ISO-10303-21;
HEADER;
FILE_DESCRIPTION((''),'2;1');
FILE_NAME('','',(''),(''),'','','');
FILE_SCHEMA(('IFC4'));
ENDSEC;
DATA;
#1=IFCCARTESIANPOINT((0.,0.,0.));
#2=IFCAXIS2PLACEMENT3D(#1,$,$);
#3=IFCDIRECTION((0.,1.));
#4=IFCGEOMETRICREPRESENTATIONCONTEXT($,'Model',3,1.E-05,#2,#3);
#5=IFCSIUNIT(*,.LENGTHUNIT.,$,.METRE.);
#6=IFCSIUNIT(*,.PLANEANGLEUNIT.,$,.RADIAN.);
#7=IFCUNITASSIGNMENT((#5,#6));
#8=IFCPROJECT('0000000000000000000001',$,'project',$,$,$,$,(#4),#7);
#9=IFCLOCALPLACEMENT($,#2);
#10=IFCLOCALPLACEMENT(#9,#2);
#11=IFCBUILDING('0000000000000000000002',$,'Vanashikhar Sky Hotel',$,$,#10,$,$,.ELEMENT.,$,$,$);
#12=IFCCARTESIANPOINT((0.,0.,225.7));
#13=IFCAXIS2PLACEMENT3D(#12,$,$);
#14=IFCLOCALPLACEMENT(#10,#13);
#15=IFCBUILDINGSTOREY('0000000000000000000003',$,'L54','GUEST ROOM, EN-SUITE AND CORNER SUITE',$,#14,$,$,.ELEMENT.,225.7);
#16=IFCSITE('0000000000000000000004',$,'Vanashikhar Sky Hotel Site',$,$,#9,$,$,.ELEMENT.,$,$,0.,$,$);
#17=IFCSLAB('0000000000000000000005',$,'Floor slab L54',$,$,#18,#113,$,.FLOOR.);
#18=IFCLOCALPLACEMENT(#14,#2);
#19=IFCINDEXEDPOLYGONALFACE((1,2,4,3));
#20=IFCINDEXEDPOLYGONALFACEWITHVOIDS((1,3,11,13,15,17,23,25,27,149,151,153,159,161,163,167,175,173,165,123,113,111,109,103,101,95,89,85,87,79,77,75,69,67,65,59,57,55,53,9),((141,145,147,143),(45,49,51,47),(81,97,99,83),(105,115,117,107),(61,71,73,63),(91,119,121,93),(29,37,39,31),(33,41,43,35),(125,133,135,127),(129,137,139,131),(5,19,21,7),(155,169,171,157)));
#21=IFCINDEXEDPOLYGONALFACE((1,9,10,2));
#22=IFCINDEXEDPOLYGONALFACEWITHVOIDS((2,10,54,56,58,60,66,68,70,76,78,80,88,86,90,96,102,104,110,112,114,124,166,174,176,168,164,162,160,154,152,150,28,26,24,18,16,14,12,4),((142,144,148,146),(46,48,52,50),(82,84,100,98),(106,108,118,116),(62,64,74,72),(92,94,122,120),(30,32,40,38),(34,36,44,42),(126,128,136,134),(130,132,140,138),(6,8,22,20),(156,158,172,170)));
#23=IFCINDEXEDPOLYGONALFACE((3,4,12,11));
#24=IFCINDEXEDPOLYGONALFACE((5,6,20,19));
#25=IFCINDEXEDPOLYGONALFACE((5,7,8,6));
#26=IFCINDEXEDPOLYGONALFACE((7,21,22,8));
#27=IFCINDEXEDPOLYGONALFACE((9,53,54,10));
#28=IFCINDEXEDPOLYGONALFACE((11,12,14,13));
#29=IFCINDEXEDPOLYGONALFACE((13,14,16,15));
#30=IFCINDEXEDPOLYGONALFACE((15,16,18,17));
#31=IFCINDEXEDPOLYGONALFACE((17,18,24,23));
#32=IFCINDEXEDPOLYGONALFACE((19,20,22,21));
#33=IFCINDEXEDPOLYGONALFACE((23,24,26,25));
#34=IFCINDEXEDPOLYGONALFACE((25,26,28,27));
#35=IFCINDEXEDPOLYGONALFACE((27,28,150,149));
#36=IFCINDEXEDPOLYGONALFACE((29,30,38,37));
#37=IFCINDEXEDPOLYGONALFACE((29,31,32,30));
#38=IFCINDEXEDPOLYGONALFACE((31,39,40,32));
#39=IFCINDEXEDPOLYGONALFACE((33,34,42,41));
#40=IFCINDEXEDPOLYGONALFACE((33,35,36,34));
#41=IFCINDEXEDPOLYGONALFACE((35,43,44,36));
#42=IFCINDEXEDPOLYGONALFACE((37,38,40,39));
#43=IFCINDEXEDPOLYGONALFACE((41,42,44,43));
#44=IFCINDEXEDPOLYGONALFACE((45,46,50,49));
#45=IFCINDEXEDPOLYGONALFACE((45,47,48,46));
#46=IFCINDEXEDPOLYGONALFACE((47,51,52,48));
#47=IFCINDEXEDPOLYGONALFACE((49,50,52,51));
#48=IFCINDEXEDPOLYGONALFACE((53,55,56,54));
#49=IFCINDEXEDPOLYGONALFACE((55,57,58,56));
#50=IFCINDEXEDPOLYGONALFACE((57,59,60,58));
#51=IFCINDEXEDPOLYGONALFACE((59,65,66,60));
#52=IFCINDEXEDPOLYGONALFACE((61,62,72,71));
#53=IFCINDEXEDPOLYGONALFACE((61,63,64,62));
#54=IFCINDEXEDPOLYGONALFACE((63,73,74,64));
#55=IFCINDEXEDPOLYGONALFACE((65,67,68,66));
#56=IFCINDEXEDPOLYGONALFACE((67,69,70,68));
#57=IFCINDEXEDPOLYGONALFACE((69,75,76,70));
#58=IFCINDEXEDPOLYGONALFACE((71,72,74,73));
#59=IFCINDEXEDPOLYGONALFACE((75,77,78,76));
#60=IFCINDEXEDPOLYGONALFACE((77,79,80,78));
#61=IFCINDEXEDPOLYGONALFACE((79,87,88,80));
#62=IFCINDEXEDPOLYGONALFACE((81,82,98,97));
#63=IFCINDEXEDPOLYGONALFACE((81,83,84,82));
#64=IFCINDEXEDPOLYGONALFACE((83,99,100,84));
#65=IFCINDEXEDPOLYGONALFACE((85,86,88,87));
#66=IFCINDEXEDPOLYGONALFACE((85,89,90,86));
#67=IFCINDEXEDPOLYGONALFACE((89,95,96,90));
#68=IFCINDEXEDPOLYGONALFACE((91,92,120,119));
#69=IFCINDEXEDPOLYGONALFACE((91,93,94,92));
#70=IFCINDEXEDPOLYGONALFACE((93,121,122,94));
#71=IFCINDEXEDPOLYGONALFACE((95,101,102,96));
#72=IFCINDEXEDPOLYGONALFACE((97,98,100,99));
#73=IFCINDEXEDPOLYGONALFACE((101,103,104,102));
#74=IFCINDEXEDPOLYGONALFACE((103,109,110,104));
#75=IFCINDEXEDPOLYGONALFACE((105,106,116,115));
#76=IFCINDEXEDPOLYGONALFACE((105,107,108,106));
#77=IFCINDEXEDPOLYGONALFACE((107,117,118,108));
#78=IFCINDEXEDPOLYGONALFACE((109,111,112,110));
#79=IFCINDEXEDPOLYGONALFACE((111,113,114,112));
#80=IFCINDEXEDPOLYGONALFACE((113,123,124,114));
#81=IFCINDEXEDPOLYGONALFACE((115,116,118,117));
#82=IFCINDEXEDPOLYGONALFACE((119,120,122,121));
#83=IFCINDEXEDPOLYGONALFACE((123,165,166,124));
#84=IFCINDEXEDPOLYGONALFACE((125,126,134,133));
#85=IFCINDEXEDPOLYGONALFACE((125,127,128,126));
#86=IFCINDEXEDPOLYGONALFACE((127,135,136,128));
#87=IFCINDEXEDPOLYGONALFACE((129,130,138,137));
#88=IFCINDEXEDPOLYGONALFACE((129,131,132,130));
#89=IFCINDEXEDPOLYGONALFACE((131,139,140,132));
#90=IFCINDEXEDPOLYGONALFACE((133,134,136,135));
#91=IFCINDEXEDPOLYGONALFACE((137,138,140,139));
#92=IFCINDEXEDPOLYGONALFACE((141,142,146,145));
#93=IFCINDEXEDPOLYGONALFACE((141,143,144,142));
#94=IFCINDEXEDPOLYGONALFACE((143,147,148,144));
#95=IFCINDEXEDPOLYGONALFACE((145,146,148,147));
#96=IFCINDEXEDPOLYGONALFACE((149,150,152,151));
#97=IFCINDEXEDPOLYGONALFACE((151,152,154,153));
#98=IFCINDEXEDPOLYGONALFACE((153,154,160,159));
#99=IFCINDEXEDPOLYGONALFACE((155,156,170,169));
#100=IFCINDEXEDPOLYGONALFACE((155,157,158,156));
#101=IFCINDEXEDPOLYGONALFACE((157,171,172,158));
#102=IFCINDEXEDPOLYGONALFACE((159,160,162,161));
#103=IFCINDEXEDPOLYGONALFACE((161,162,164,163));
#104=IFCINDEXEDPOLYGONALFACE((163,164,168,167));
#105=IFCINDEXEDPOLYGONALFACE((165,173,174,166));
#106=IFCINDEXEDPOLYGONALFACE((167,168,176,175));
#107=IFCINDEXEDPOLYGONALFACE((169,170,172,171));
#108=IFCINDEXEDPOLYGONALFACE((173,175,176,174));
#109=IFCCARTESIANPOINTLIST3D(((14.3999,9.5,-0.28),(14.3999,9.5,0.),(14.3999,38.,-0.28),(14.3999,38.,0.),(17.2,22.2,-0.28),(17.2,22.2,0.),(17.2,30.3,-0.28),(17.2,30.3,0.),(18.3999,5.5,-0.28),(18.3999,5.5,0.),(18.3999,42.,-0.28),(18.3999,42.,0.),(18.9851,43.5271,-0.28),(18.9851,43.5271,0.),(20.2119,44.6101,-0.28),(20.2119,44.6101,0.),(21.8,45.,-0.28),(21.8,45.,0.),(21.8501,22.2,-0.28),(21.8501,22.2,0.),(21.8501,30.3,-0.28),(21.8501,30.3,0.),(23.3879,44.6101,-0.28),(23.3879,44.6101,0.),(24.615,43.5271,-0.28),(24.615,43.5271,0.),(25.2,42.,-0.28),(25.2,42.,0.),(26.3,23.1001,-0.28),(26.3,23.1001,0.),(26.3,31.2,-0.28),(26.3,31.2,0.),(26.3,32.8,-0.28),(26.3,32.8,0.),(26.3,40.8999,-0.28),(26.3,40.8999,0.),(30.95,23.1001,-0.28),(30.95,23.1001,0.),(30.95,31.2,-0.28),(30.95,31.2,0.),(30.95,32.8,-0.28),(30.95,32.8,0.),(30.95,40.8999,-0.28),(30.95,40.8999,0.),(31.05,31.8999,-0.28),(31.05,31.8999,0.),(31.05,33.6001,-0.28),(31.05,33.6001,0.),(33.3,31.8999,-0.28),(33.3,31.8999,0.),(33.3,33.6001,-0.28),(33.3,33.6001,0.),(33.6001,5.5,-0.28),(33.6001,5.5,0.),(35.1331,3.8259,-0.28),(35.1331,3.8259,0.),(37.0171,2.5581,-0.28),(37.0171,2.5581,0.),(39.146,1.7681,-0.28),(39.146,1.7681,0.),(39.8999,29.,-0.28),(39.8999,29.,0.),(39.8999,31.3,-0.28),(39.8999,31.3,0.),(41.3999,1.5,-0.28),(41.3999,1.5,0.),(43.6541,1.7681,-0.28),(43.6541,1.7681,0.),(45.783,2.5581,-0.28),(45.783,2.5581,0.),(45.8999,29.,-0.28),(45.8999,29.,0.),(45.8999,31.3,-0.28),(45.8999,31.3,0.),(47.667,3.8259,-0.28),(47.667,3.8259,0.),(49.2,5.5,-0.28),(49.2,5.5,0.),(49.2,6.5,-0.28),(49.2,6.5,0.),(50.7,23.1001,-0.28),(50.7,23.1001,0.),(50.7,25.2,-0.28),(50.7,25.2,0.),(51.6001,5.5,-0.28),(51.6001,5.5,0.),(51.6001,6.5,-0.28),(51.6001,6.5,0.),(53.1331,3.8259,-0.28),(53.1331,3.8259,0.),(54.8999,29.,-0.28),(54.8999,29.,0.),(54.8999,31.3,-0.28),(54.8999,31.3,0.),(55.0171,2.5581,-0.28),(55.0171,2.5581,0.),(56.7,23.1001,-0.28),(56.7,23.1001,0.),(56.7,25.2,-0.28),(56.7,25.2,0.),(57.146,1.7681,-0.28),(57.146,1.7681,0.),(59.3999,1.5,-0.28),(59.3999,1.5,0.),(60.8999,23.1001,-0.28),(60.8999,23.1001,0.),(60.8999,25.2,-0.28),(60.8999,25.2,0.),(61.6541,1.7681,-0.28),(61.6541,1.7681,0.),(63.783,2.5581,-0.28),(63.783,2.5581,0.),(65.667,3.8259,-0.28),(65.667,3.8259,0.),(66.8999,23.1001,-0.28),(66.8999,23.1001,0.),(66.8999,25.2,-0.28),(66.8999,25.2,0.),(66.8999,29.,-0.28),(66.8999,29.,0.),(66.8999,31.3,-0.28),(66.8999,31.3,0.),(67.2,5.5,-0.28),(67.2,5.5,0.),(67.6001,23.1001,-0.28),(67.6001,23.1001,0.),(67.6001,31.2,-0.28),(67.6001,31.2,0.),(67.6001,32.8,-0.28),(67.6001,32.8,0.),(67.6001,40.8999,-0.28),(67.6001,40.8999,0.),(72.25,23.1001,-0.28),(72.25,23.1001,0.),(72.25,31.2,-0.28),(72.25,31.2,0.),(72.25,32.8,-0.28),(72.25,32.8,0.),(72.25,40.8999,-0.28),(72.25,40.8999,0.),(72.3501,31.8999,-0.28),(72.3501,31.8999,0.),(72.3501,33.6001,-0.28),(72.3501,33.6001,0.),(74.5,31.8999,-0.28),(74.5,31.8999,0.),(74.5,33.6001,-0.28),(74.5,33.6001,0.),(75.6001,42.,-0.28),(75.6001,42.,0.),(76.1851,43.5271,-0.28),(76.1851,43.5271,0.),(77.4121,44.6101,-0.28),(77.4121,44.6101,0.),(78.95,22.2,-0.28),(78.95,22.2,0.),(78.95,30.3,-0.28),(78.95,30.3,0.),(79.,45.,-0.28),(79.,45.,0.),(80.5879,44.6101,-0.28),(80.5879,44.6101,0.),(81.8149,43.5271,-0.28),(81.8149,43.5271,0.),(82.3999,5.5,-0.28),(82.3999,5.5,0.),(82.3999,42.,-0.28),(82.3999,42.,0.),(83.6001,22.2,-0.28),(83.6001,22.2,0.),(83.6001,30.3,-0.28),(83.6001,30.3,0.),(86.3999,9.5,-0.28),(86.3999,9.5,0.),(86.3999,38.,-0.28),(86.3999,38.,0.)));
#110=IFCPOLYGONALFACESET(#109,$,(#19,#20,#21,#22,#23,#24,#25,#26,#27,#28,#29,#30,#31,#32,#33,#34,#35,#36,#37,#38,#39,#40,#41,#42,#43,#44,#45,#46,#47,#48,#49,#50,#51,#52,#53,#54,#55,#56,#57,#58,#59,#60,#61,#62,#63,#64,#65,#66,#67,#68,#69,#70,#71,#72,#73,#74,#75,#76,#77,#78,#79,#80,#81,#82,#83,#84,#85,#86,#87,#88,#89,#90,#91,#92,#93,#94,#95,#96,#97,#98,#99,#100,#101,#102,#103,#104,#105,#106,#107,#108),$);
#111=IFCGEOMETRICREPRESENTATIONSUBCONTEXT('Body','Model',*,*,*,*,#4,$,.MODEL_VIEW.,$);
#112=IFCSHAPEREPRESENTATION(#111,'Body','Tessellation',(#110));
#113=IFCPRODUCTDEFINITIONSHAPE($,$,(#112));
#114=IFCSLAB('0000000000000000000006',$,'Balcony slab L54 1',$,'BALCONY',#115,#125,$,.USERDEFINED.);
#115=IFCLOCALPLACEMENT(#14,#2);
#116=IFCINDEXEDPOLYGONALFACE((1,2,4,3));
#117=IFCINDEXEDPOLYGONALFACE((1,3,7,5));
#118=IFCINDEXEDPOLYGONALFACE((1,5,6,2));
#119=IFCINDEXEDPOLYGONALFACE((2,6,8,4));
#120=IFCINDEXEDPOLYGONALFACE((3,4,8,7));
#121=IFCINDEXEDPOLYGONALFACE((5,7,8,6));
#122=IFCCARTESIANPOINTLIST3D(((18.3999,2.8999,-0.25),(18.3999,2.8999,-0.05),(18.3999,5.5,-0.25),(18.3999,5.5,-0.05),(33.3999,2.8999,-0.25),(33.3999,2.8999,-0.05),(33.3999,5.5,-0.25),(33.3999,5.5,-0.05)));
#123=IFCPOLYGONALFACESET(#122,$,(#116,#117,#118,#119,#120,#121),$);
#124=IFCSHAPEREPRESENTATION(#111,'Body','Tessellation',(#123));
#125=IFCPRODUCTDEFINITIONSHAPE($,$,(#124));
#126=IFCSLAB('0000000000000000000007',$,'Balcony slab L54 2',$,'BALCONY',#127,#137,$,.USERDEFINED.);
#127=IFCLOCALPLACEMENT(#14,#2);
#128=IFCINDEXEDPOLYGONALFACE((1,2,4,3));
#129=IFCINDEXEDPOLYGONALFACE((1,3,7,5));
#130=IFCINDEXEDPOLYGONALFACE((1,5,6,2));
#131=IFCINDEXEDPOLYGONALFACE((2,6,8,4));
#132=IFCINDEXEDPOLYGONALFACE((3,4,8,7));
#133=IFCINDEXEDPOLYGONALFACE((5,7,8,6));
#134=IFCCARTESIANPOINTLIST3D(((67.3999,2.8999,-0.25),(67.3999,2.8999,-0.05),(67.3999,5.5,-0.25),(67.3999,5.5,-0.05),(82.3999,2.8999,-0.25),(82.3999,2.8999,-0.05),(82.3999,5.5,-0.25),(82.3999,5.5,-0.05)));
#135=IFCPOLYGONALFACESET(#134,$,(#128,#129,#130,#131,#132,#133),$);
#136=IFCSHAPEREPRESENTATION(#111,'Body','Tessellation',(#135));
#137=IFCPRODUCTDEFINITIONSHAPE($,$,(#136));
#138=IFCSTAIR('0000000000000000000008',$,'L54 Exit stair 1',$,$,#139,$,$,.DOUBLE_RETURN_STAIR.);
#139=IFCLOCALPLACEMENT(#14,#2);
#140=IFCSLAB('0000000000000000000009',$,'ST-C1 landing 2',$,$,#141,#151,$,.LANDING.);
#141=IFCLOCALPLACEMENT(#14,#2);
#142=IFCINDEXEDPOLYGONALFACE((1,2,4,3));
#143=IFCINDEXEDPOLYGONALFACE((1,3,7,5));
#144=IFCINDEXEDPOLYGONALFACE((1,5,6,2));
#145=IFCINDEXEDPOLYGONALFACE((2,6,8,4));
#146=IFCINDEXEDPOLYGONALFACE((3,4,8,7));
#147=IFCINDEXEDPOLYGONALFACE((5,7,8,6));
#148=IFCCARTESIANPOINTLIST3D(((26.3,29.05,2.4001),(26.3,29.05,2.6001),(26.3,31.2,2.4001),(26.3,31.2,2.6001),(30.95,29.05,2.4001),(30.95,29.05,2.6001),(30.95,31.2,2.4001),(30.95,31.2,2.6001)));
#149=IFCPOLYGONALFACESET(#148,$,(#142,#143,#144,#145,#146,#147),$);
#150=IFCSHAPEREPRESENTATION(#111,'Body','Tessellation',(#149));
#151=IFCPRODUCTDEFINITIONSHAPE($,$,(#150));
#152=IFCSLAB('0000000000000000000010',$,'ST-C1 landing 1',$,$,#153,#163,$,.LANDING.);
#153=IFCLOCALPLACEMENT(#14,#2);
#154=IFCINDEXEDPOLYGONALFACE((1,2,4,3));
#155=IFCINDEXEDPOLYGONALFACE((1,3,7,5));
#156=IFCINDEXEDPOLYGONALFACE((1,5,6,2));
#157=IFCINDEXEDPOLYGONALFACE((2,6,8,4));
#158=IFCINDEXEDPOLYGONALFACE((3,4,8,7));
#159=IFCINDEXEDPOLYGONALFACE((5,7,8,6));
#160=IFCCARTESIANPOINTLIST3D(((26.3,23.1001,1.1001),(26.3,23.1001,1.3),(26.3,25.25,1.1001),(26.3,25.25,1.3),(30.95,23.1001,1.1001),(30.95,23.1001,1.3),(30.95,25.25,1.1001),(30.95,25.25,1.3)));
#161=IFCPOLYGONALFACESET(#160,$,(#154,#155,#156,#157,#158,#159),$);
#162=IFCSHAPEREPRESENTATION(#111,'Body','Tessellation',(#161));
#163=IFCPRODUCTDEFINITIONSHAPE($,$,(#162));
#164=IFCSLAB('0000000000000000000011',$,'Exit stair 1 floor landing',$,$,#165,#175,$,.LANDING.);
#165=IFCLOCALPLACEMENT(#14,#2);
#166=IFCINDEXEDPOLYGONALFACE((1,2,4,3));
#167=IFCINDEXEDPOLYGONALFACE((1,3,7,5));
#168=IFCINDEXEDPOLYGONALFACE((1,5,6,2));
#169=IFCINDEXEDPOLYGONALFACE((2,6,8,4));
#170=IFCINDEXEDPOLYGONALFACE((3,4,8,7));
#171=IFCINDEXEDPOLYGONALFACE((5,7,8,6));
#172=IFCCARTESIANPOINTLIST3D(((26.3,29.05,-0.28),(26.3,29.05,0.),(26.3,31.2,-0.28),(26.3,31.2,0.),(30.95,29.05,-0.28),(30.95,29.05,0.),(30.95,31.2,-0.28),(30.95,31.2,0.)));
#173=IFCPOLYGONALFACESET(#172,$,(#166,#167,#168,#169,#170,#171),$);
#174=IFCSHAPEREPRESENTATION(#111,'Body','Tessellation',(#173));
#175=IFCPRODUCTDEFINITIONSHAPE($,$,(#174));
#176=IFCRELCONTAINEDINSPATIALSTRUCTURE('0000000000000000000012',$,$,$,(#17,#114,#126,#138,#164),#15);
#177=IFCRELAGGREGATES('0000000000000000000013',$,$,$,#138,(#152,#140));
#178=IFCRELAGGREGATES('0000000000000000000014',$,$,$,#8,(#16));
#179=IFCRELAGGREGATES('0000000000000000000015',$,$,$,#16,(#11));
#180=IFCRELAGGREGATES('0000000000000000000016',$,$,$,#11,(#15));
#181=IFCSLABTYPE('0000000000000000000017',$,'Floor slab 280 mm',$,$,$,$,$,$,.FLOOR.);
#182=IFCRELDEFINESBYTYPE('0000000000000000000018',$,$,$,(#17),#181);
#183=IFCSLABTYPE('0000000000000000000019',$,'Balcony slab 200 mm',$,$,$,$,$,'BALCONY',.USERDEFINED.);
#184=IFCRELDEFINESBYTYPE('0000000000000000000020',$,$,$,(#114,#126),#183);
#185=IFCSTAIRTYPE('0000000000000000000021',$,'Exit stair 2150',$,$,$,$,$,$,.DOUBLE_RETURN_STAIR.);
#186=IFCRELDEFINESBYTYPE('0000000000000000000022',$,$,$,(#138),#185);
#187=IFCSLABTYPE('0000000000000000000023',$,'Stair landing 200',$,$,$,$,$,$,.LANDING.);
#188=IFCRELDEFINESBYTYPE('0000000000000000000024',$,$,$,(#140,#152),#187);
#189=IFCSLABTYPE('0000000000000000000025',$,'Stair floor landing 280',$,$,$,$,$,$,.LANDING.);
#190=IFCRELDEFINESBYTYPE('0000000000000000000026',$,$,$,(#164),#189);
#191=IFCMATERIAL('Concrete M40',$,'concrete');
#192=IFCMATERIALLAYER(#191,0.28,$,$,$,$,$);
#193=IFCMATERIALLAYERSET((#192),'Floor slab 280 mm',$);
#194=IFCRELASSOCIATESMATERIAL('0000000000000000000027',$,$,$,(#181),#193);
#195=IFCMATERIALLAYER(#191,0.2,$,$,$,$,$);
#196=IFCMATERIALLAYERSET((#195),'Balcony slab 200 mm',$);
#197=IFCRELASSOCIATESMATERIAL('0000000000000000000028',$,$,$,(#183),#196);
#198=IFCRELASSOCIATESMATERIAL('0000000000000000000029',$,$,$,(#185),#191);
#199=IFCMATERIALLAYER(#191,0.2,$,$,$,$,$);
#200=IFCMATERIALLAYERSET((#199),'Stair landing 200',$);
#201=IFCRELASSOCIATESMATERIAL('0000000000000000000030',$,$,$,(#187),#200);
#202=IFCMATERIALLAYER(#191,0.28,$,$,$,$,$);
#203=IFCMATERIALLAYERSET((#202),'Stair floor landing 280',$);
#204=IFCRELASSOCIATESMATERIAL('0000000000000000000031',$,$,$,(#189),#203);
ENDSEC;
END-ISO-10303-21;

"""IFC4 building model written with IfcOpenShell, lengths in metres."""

from ifc_helpers import new_model, si_unit, direction, frame, origin, place, context, subcontext, project, spatial, polyline, outline, extrude, source, transform, mapped, material, layer, layer_set, type_object, element, aggregate, save


model = new_model("IFC4")

# Units and contexts
model_context = context("Model", 3, precision=1e-05, world=origin(), true_north=direction((0.0, 1.0)))
body_context = subcontext(model_context, "Body", "Model", "MODEL_VIEW")
ifc_project = project(units=[si_unit("LENGTHUNIT", "METRE"), si_unit("PLANEANGLEUNIT", "RADIAN")], contexts=[model_context])

# Site, building, storey
site_placement = place(None, origin())
site = spatial("IfcSite", under=ifc_project, at=site_placement, Name="Vanashikhar Sky Hotel Site", CompositionType="ELEMENT", RefElevation=0.0)
building_placement = place(site_placement, origin())
building = spatial("IfcBuilding", under=site, at=building_placement, Name="Vanashikhar Sky Hotel", CompositionType="ELEMENT")
storey_placement = place(building_placement, frame((0.0, 0.0, 225.7)))
storey = spatial("IfcBuildingStorey", under=building, at=storey_placement, Name="L54", Description="GUEST ROOM, EN-SUITE AND CORNER SUITE", CompositionType="ELEMENT", Elevation=225.7)

# Slabs
ifc_material = material(Name="Concrete M40", Category="concrete")
ifc_layer_1 = layer(ifc_material, 0.28)
ifc_layer_set_1 = layer_set([ifc_layer_1], Name="Floor slab 280 mm")
slab_type_1 = type_object("IfcSlabType", Name="Floor slab 280 mm", PredefinedType="FLOOR", material=ifc_layer_set_1)
shared_shape_1 = source(origin(), body_context, "Body", "SweptSolid", [
    extrude(outline(polyline([(49.2, 5.5), (49.2, 6.5), (51.6001, 6.5), (51.6001, 5.5), (53.1331, 3.8259), (55.0171, 2.5581), (57.146, 1.7681), (59.3999, 1.5), (61.6541, 1.7681), (63.783, 2.5581), (65.667, 3.8259), (67.2, 5.5), (82.3999, 5.5), (86.3999, 9.5), (86.3999, 38.0), (82.3999, 42.0), (81.8149, 43.5271), (80.5879, 44.6101), (79.0, 45.0), (77.4121, 44.6101), (76.1851, 43.5271), (75.6001, 42.0), (25.2, 42.0), (24.615, 43.5271), (23.3879, 44.6101), (21.8, 45.0), (20.2119, 44.6101), (18.9851, 43.5271), (18.3999, 42.0), (14.3999, 38.0), (14.3999, 9.5), (18.3999, 5.5), (33.6001, 5.5), (35.1331, 3.8259), (37.0171, 2.5581), (39.146, 1.7681), (41.3999, 1.5), (43.6541, 1.7681), (45.783, 2.5581), (47.667, 3.8259), (49.2, 5.5)]), holes=[polyline([(33.3, 33.6001), (31.05, 33.6001), (31.05, 31.8999), (33.3, 31.8999), (33.3, 33.6001)]), polyline([(39.8999, 31.3), (39.8999, 29.0), (45.8999, 29.0), (45.8999, 31.3), (39.8999, 31.3)]), polyline([(50.7, 25.2), (50.7, 23.1001), (56.7, 23.1001), (56.7, 25.2), (50.7, 25.2)]), polyline([(66.8999, 29.0), (66.8999, 31.3), (54.8999, 31.3), (54.8999, 29.0), (66.8999, 29.0)]), polyline([(60.8999, 25.2), (60.8999, 23.1001), (66.8999, 23.1001), (66.8999, 25.2), (60.8999, 25.2)]), polyline([(74.5, 33.6001), (72.3501, 33.6001), (72.3501, 31.8999), (74.5, 31.8999), (74.5, 33.6001)]), polyline([(30.95, 23.1001), (30.95, 31.2), (26.3, 31.2), (26.3, 23.1001), (30.95, 23.1001)]), polyline([(72.25, 23.1001), (72.25, 31.2), (67.6001, 31.2), (67.6001, 23.1001), (72.25, 23.1001)]), polyline([(30.95, 32.8), (30.95, 40.8999), (26.3, 40.8999), (26.3, 32.8), (30.95, 32.8)]), polyline([(72.25, 32.8), (72.25, 40.8999), (67.6001, 40.8999), (67.6001, 32.8), (72.25, 32.8)]), polyline([(83.6001, 22.2), (83.6001, 30.3), (78.95, 30.3), (78.95, 22.2), (83.6001, 22.2)]), polyline([(21.8501, 22.2), (21.8501, 30.3), (17.2, 30.3), (17.2, 22.2), (21.8501, 22.2)])]), origin(), (0.0, 0.0, 1.0), 0.28),
])
slab_1_placement = place(storey_placement, frame((0.0, 0.0, -0.28)))
element("IfcSlab", 1, at=slab_1_placement, inside=storey, type_object=slab_type_1, Name="Floor slab L54", PredefinedType="FLOOR", context=body_context, shape_type="MappedRepresentation", body=[
    mapped(shared_shape_1, transform((0.0, 0.0, 0.0), scale=1.0)),
])
ifc_layer_2 = layer(ifc_material, 0.2)
ifc_layer_set_2 = layer_set([ifc_layer_2], Name="Balcony slab 200 mm")
slab_type_2 = type_object("IfcSlabType", Name="Balcony slab 200 mm", ElementType="BALCONY", PredefinedType="USERDEFINED", material=ifc_layer_set_2)
shared_shape_2 = source(origin(), body_context, "Body", "SweptSolid", [
    extrude(outline(polyline([(18.3999, 2.8999), (33.3999, 2.8999), (33.3999, 5.5), (18.3999, 5.5), (18.3999, 2.8999)])), origin(), (0.0, 0.0, 1.0), 0.2),
])
slab_2_placement = place(storey_placement, frame((0.0, 0.0, -0.25)))
element("IfcSlab", 2, at=slab_2_placement, inside=storey, type_object=slab_type_2, Name="Balcony slab L54 1", ObjectType="BALCONY", PredefinedType="USERDEFINED", context=body_context, shape_type="MappedRepresentation", body=[
    mapped(shared_shape_2, transform((0.0, 0.0, 0.0), scale=1.0)),
])
shared_shape_3 = source(origin(), body_context, "Body", "SweptSolid", [
    extrude(outline(polyline([(67.3999, 2.8999), (82.3999, 2.8999), (82.3999, 5.5), (67.3999, 5.5), (67.3999, 2.8999)])), origin(), (0.0, 0.0, 1.0), 0.2),
])
slab_3_placement = place(storey_placement, frame((0.0, 0.0, -0.25)))
element("IfcSlab", 3, at=slab_3_placement, inside=storey, type_object=slab_type_2, Name="Balcony slab L54 2", ObjectType="BALCONY", PredefinedType="USERDEFINED", context=body_context, shape_type="MappedRepresentation", body=[
    mapped(shared_shape_3, transform((0.0, 0.0, 0.0), scale=1.0)),
])

# Stair, slabs
stair_type = type_object("IfcStairType", Name="Exit stair 2150", PredefinedType="DOUBLE_RETURN_STAIR", material=ifc_material)
stair_1_placement = place(storey_placement, origin())
stair_1 = element("IfcStair", 4, at=stair_1_placement, inside=storey, type_object=stair_type, Name="L54 Exit stair 1", PredefinedType="DOUBLE_RETURN_STAIR")
ifc_layer_3 = layer(ifc_material, 0.2)
ifc_layer_set_3 = layer_set([ifc_layer_3], Name="Stair landing 200")
slab_type_3 = type_object("IfcSlabType", Name="Stair landing 200", PredefinedType="LANDING", material=ifc_layer_set_3)
shared_shape_4 = source(origin(), body_context, "Body", "SweptSolid", [
    extrude(outline(polyline([(30.95, 29.05), (30.95, 31.2), (26.3, 31.2), (26.3, 29.05), (30.95, 29.05)])), origin(), (0.0, 0.0, 1.0), 0.2),
])
slab_4_placement = place(storey_placement, frame((0.0, 0.0, 2.4001)))
slab_4 = element("IfcSlab", 5, at=slab_4_placement, type_object=slab_type_3, Name="ST-C1 landing 2", PredefinedType="LANDING", context=body_context, shape_type="MappedRepresentation", body=[
    mapped(shared_shape_4, transform((0.0, 0.0, 0.0), scale=1.0)),
])
shared_shape_5 = source(origin(), body_context, "Body", "SweptSolid", [
    extrude(outline(polyline([(30.95, 23.1001), (30.95, 25.25), (26.3, 25.25), (26.3, 23.1001), (30.95, 23.1001)])), origin(), (0.0, 0.0, 1.0), 0.2),
])
slab_5_placement = place(storey_placement, frame((0.0, 0.0, 1.1001)))
slab_5 = element("IfcSlab", 6, at=slab_5_placement, type_object=slab_type_3, Name="ST-C1 landing 1", PredefinedType="LANDING", context=body_context, shape_type="MappedRepresentation", body=[
    mapped(shared_shape_5, transform((0.0, 0.0, 0.0), scale=1.0)),
])
aggregate(stair_1, [slab_5, slab_4])

# Slab
ifc_layer_4 = layer(ifc_material, 0.28)
ifc_layer_set_4 = layer_set([ifc_layer_4], Name="Stair floor landing 280")
slab_type_4 = type_object("IfcSlabType", Name="Stair floor landing 280", PredefinedType="LANDING", material=ifc_layer_set_4)
shared_shape_6 = source(origin(), body_context, "Body", "SweptSolid", [
    extrude(outline(polyline([(30.95, 29.05), (30.95, 31.2), (26.3, 31.2), (26.3, 29.05), (30.95, 29.05)])), origin(), (0.0, 0.0, 1.0), 0.28),
])
slab_6_placement = place(storey_placement, frame((0.0, 0.0, -0.28)))
element("IfcSlab", 7, at=slab_6_placement, inside=storey, type_object=slab_type_4, Name="Exit stair 1 floor landing", PredefinedType="LANDING", context=body_context, shape_type="MappedRepresentation", body=[
    mapped(shared_shape_6, transform((0.0, 0.0, 0.0), scale=1.0)),
])

save(model, "model.ifc")
